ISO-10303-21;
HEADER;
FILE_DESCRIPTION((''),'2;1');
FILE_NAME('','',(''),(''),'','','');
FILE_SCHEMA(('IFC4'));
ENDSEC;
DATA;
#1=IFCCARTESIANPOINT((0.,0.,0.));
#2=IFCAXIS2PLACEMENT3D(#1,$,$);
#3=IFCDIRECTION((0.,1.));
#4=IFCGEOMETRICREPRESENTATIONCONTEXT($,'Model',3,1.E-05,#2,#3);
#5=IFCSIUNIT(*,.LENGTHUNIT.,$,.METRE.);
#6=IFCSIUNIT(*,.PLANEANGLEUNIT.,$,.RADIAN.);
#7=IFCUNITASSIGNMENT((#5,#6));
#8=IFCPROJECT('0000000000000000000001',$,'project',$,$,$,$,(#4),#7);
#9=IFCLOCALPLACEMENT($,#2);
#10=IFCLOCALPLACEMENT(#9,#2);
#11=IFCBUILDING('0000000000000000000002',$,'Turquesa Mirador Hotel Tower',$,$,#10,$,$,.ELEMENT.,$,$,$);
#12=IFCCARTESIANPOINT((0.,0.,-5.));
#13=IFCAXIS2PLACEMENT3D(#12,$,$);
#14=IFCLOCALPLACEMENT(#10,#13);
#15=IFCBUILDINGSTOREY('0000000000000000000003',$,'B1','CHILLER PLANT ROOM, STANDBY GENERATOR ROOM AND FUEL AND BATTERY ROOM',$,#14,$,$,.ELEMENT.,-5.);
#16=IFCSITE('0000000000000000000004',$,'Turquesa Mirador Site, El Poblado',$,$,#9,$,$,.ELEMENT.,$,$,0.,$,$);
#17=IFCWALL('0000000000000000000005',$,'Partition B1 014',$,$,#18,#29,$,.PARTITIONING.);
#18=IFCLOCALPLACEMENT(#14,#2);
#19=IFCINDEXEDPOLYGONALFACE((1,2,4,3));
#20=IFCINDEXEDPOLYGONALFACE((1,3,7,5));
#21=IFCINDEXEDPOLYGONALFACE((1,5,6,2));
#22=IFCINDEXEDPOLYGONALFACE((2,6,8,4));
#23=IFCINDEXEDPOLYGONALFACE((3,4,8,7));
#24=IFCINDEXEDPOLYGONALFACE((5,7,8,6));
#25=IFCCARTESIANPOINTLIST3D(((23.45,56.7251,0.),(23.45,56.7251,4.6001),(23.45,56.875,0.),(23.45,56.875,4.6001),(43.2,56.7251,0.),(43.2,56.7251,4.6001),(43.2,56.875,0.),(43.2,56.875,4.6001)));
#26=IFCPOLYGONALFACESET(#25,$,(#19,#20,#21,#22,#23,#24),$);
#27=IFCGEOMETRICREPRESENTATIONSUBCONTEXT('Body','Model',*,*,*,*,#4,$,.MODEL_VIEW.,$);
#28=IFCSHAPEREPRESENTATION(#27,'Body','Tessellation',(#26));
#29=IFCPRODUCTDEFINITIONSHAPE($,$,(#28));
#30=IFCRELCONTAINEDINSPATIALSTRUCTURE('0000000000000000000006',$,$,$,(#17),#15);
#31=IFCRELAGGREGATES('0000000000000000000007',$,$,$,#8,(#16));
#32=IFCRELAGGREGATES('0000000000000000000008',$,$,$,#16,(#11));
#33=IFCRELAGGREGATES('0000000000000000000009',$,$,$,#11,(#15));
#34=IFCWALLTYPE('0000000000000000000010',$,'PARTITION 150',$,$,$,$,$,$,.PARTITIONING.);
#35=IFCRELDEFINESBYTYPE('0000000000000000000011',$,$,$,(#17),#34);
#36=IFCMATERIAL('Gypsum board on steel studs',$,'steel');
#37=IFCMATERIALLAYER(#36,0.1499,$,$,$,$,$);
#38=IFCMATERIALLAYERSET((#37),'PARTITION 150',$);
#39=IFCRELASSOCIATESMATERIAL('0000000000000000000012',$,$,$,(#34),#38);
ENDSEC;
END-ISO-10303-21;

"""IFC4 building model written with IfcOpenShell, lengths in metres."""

from ifc_helpers import new_model, si_unit, direction, frame, frame_2d, origin, place, context, subcontext, project, spatial, rectangle, extrude, material, layer, layer_set, type_object, element, save


model = new_model("IFC4")

# Units and contexts
model_context = context("Model", 3, precision=1e-05, world=origin(), true_north=direction((0.0, 1.0)))
body_context = subcontext(model_context, "Body", "Model", "MODEL_VIEW")
ifc_project = project(units=[si_unit("LENGTHUNIT", "METRE"), si_unit("PLANEANGLEUNIT", "RADIAN")], contexts=[model_context])

# Site, building, storey
site_placement = place(None, origin())
site = spatial("IfcSite", under=ifc_project, at=site_placement, Name="Turquesa Mirador Site, El Poblado", CompositionType="ELEMENT", RefElevation=0.0)
building_placement = place(site_placement, origin())
building = spatial("IfcBuilding", under=site, at=building_placement, Name="Turquesa Mirador Hotel Tower", CompositionType="ELEMENT")
storey_placement = place(building_placement, frame((0.0, 0.0, -5.0)))
storey = spatial("IfcBuildingStorey", under=building, at=storey_placement, Name="B1", Description="CHILLER PLANT ROOM, STANDBY GENERATOR ROOM AND FUEL AND BATTERY ROOM", CompositionType="ELEMENT", Elevation=-5.0)

# Wall
ifc_material_1 = material(Name="Gypsum board on steel studs", Category="steel")
ifc_layer_1 = layer(ifc_material_1, 0.1499)
ifc_layer_set_1 = layer_set([ifc_layer_1], Name="PARTITION 150")
wall_type = type_object("IfcWallType", Name="PARTITION 150", PredefinedType="PARTITIONING", material=ifc_layer_set_1)
wall_placement = place(storey_placement, frame((23.45, 56.8, 0.0), z_axis=(0.0, 0.0, 1.0), x_axis=(1.0, 0.0, 0.0)))
element("IfcWall", 1, at=wall_placement, inside=storey, type_object=wall_type, Name="Partition B1 014", PredefinedType="PARTITIONING", context=body_context, shape_type="SweptSolid", body=[
    extrude(rectangle(XDim=19.75, YDim=0.1499, at=frame_2d((9.875, 0.0))), origin(), (0.0, 0.0, 1.0), 4.6001),
])

save(model, "model.ifc")
